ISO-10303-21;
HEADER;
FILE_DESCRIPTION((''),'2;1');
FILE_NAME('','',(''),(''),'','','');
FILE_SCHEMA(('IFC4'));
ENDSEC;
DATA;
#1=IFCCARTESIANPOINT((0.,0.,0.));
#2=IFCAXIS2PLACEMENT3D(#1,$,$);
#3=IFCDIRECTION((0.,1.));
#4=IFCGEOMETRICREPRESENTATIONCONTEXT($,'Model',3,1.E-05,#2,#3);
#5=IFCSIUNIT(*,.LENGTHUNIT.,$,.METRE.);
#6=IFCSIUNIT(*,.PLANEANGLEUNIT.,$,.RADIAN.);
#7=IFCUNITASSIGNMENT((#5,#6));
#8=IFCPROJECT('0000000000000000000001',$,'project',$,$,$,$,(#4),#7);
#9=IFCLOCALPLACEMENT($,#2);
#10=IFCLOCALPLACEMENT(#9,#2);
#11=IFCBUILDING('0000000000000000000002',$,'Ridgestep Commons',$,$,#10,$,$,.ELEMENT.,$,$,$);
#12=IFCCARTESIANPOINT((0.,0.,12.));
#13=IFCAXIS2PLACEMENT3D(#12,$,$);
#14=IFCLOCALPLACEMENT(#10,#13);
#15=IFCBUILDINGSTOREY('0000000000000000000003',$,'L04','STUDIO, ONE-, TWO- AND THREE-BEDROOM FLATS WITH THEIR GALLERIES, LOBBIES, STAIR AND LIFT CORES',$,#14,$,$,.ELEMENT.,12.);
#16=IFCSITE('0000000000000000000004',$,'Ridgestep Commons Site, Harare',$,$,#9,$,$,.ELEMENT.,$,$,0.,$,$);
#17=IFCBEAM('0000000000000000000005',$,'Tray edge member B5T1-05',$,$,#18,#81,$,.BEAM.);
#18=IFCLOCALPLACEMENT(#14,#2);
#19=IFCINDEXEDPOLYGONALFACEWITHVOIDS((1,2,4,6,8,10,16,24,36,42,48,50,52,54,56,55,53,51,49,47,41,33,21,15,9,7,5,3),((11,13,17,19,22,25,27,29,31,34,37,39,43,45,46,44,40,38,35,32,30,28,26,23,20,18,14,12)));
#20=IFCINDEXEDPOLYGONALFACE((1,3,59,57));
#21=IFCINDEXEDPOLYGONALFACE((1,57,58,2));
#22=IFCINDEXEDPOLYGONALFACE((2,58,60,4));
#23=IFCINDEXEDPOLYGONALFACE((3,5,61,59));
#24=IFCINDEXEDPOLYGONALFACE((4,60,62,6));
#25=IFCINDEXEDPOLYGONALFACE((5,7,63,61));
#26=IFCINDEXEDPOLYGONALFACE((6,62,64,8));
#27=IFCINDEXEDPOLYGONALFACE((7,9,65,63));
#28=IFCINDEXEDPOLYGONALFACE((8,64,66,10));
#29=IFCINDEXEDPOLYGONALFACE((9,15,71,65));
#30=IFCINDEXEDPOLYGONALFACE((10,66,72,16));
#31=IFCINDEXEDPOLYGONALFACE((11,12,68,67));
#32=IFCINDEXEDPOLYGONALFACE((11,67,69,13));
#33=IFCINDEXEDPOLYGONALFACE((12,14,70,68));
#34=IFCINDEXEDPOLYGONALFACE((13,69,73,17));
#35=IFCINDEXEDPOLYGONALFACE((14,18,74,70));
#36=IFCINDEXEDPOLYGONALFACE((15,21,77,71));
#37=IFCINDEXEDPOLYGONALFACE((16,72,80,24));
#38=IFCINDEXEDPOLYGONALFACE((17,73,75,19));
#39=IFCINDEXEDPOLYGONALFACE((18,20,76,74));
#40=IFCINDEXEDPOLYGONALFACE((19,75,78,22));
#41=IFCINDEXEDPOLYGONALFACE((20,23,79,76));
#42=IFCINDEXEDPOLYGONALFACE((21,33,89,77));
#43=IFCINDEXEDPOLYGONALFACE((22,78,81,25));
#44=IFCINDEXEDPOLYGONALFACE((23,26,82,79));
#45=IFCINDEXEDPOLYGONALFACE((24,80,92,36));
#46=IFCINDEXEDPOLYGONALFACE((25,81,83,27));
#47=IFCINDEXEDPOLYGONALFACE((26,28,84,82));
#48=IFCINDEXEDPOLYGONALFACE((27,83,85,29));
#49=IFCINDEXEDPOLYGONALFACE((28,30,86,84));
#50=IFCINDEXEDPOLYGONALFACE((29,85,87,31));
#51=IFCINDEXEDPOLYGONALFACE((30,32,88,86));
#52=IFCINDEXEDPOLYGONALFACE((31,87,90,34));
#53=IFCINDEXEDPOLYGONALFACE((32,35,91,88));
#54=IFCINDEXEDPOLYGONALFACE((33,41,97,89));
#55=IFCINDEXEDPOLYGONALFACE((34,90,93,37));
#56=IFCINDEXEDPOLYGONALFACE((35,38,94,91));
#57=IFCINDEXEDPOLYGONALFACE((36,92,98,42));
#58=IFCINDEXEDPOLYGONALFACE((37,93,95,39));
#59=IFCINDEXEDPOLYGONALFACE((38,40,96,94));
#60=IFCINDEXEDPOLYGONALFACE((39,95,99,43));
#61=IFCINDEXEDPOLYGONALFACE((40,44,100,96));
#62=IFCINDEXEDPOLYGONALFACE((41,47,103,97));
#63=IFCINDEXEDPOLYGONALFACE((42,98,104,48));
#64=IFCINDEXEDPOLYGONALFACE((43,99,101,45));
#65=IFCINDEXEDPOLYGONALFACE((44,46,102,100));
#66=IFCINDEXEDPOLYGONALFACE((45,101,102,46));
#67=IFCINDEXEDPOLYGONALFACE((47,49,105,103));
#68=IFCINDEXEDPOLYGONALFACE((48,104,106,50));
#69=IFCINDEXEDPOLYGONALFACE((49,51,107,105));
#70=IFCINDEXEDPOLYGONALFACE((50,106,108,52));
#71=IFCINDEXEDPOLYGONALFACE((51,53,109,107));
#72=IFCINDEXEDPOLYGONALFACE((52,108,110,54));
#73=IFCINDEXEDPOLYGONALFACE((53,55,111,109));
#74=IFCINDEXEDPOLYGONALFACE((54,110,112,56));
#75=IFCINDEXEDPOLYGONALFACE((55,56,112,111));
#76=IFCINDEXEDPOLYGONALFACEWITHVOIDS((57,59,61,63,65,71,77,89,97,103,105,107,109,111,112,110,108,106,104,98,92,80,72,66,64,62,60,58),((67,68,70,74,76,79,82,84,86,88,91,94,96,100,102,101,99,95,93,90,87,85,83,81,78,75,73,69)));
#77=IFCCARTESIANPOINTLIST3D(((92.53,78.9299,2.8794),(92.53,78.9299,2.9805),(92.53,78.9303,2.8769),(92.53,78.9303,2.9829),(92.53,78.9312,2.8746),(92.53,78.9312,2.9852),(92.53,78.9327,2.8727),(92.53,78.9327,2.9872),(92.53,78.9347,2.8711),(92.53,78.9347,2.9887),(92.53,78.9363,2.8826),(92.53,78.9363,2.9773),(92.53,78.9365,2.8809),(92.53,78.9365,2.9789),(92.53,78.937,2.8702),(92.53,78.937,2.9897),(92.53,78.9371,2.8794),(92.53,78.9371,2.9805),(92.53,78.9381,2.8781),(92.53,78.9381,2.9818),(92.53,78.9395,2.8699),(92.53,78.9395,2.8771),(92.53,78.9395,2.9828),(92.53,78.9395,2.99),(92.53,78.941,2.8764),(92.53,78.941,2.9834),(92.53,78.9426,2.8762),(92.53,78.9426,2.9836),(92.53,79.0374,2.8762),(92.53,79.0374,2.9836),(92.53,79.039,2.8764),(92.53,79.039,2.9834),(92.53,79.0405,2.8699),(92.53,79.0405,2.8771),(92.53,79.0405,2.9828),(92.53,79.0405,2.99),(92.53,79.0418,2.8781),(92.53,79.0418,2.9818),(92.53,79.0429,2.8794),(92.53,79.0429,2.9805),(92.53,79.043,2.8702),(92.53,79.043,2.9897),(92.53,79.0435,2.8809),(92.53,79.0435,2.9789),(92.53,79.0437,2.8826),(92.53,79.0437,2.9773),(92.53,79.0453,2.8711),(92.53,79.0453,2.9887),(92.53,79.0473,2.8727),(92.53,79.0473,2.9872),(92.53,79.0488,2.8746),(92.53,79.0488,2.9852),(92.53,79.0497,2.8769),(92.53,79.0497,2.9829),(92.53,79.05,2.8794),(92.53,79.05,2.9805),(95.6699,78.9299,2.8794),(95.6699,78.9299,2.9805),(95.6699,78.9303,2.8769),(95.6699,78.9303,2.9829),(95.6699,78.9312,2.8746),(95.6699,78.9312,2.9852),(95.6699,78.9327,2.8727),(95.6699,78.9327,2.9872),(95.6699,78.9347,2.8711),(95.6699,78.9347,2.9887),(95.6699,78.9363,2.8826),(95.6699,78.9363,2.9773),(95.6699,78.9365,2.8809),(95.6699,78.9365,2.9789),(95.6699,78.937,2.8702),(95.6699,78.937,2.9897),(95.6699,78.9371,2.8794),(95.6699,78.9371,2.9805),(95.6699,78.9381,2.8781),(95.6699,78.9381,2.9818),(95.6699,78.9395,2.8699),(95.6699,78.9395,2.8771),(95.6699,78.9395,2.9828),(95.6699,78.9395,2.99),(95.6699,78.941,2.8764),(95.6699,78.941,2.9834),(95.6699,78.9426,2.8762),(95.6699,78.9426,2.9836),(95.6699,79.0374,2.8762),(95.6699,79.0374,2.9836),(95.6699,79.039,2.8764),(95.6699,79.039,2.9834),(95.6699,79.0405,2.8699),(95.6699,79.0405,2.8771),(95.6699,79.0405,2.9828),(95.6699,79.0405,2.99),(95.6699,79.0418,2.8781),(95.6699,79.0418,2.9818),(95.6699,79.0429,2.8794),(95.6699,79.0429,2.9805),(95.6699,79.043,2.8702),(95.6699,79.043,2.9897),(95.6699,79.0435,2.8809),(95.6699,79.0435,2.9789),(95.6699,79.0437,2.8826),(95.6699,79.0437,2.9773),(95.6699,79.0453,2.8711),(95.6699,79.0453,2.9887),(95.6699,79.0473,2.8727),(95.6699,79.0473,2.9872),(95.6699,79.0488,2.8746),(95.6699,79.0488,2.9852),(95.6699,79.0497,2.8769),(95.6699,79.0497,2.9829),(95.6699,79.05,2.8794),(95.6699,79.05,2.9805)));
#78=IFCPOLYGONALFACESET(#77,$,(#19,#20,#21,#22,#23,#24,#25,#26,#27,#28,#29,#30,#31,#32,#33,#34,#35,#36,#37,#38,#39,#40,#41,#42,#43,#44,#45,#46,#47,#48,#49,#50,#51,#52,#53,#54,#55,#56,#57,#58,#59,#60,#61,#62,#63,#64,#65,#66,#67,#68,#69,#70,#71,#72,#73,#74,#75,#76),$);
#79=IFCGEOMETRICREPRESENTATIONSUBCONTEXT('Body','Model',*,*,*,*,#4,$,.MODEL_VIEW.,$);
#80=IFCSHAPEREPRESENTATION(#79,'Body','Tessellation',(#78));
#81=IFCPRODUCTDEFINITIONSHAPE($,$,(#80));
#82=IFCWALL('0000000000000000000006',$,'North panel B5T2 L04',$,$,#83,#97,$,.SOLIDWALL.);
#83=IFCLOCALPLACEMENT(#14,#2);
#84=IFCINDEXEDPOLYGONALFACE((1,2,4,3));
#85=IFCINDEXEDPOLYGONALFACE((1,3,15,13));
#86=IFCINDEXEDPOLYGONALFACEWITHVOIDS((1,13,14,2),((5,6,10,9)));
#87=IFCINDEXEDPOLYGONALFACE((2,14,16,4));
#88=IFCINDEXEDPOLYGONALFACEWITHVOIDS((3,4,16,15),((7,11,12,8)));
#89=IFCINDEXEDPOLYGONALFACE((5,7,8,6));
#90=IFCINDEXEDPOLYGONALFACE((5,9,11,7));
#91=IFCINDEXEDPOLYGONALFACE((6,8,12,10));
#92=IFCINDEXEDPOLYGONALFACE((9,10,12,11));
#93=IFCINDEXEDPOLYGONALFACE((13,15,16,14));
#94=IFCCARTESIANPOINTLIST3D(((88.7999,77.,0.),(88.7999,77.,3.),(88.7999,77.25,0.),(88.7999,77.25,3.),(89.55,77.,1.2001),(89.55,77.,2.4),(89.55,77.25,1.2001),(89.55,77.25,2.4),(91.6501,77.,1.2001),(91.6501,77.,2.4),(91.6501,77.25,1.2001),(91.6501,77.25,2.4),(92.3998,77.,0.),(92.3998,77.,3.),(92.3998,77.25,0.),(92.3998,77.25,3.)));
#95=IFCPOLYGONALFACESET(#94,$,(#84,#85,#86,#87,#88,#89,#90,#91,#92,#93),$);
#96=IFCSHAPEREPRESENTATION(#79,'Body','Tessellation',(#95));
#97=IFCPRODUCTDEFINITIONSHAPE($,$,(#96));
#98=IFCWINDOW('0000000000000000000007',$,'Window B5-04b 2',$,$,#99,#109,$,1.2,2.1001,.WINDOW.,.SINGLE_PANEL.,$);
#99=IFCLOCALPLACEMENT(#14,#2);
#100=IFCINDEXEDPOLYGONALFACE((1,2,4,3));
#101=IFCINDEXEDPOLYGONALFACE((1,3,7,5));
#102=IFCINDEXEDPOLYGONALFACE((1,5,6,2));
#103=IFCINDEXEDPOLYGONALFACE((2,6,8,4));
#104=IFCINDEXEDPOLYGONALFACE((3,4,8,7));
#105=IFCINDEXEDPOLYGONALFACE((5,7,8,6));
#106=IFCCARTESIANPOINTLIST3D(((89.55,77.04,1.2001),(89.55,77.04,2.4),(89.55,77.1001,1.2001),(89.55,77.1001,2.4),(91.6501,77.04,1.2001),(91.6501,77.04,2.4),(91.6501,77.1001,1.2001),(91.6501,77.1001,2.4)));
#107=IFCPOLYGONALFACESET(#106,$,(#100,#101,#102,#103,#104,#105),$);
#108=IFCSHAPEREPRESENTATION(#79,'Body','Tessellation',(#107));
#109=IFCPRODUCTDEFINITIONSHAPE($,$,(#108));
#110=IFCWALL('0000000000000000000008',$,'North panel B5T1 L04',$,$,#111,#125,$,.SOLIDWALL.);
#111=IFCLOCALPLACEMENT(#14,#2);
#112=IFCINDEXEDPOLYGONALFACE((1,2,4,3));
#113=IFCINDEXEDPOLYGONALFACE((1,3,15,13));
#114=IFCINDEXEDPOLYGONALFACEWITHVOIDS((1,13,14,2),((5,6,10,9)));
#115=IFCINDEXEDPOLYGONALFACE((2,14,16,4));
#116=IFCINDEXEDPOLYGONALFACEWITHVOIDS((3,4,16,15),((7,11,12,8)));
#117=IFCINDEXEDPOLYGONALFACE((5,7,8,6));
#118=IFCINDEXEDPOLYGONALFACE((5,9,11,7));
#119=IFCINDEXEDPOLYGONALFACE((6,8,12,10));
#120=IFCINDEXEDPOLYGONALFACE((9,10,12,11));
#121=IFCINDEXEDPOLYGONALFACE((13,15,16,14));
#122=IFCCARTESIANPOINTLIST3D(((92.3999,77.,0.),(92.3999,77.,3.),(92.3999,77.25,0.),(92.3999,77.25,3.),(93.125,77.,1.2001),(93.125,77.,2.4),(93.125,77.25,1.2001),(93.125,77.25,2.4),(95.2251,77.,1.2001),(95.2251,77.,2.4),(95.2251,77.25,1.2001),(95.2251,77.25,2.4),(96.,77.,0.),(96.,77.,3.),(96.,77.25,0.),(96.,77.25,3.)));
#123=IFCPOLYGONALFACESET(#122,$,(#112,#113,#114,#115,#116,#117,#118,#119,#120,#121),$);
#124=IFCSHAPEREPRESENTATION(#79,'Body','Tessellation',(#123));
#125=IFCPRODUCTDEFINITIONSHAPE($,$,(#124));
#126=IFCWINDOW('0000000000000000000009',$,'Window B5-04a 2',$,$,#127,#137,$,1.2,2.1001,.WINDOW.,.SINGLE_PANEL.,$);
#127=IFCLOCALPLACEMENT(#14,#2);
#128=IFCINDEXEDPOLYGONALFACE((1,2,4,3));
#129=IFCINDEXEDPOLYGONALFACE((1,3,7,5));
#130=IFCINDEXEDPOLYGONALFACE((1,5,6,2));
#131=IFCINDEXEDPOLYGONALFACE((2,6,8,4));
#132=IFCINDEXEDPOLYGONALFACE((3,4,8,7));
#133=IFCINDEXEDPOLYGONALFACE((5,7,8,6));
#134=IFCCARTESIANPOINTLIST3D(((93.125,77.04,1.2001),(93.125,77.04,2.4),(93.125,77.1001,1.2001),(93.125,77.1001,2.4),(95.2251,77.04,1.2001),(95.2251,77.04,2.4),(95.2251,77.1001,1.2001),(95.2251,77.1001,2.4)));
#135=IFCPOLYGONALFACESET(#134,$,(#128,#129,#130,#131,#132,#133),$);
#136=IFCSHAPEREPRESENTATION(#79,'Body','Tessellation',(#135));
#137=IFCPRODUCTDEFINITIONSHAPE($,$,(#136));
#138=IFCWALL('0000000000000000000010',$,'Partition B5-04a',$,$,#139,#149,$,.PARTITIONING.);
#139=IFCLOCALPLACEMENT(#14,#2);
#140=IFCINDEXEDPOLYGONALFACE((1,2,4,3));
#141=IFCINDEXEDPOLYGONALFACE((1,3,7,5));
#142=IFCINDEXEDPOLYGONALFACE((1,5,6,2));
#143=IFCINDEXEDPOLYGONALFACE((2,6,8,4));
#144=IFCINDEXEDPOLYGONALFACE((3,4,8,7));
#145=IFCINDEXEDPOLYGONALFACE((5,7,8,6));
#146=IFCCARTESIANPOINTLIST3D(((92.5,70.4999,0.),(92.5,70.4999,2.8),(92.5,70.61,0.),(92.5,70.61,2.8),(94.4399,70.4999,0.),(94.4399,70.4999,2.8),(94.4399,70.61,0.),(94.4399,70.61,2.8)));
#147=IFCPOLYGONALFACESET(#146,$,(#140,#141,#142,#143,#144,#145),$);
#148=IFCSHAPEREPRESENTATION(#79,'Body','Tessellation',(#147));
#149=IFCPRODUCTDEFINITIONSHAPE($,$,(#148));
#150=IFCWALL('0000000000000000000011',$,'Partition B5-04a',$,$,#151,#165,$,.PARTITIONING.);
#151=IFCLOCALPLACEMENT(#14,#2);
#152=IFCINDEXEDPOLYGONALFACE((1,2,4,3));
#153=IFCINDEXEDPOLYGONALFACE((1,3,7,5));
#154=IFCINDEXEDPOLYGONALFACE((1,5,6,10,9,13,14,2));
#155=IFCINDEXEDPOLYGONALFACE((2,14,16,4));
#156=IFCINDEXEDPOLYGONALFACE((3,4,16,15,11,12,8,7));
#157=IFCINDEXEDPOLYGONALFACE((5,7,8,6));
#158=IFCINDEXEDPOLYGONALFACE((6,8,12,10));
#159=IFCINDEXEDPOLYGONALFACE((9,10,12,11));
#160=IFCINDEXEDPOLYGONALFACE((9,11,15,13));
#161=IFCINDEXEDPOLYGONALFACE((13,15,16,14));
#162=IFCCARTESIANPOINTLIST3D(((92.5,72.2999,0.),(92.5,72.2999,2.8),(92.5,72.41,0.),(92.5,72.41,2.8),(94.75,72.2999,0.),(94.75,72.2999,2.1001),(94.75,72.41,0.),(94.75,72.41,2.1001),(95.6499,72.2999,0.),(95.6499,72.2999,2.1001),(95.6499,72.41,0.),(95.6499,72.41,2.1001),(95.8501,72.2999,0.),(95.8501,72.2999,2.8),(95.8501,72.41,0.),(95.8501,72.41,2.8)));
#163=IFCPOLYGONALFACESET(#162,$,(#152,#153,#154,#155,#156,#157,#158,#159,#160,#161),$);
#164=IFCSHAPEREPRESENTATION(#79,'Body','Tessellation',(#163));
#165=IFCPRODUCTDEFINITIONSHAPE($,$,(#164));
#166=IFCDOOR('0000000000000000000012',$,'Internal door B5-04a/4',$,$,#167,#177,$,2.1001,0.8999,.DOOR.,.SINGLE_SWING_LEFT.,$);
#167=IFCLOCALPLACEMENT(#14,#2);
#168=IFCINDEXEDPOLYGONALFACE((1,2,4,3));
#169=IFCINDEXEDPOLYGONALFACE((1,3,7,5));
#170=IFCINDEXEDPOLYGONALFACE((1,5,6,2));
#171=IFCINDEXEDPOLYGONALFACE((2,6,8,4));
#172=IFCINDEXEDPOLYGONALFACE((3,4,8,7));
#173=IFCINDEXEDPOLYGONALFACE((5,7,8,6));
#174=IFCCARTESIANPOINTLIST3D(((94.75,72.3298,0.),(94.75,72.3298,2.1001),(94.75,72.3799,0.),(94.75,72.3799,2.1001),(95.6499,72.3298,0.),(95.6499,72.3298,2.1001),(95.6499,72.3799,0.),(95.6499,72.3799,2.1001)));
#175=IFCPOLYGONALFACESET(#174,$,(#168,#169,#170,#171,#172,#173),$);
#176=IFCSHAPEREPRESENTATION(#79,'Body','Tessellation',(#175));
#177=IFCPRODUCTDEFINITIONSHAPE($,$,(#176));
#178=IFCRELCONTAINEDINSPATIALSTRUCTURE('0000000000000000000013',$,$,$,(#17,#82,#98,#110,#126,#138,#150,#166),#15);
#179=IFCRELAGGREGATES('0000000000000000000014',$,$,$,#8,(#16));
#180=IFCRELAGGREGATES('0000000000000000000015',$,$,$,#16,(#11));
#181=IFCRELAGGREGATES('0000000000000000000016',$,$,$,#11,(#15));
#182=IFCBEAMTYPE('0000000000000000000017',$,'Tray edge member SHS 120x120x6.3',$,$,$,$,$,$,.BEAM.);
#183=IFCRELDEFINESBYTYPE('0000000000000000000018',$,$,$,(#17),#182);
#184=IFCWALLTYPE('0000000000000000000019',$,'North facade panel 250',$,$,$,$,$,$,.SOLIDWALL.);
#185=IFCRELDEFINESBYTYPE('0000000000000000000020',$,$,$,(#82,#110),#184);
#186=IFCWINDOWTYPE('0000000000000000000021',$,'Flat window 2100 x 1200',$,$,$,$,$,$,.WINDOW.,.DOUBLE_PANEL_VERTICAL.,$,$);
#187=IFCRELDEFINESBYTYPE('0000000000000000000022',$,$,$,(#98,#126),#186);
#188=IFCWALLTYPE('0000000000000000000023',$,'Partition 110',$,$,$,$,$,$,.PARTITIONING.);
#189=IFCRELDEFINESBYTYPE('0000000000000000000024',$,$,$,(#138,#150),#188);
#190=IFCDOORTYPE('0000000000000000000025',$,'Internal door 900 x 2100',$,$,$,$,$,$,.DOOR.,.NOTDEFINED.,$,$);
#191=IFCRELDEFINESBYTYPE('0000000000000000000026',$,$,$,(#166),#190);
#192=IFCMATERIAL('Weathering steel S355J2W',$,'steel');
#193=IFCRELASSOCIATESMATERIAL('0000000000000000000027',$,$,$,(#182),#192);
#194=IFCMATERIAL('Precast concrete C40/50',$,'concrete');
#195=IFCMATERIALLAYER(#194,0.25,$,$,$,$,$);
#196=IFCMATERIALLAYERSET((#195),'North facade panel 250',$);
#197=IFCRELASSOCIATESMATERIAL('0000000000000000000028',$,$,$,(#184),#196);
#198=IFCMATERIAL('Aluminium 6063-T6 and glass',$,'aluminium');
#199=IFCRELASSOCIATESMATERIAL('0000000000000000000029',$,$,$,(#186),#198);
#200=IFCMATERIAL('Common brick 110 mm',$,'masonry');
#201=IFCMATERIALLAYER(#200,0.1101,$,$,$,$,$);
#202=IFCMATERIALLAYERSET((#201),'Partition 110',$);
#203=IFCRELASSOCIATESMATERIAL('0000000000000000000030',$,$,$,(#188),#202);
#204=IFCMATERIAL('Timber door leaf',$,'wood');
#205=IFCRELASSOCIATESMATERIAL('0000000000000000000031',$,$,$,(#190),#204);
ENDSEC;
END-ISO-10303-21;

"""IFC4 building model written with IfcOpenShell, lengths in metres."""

from ifc_helpers import new_model, si_unit, direction, frame, frame_2d, origin, origin_2d, place, context, subcontext, project, spatial, rectangle, hollow_rectangle, extrude, material, layer, layer_set, material_profile, profile_set, type_object, element, fill, save


model = new_model("IFC4")

# Units and contexts
model_context = context("Model", 3, precision=1e-05, world=origin(), true_north=direction((0.0, 1.0)))
body_context = subcontext(model_context, "Body", "Model", "MODEL_VIEW")
ifc_project = project(units=[si_unit("LENGTHUNIT", "METRE"), si_unit("PLANEANGLEUNIT", "RADIAN")], contexts=[model_context])

# Site, building, storey
site_placement = place(None, origin())
site = spatial("IfcSite", under=ifc_project, at=site_placement, Name="Ridgestep Commons Site, Harare", CompositionType="ELEMENT", RefElevation=0.0)
building_placement = place(site_placement, origin())
building = spatial("IfcBuilding", under=site, at=building_placement, Name="Ridgestep Commons", CompositionType="ELEMENT")
storey_placement = place(building_placement, frame((0.0, 0.0, 12.0)))
storey = spatial("IfcBuildingStorey", under=building, at=storey_placement, Name="L04", Description="STUDIO, ONE-, TWO- AND THREE-BEDROOM FLATS WITH THEIR GALLERIES, LOBBIES, STAIR AND LIFT CORES", CompositionType="ELEMENT", Elevation=12.0)

# Beam
ifc_material_1 = material(Name="Weathering steel S355J2W", Category="steel")
ifc_material_profile = material_profile(ifc_material_1, hollow_rectangle(XDim=0.1201, YDim=0.1201, WallThickness=0.0063, InnerFilletRadius=0.0063, OuterFilletRadius=0.0095, at=origin_2d()), Name="SHS 120x120x6.3")
ifc_profile_set = profile_set([ifc_material_profile], Name="Weathering steel S355J2W")
beam_type = type_object("IfcBeamType", Name="Tray edge member SHS 120x120x6.3", PredefinedType="BEAM", material=ifc_profile_set)
beam_placement = place(storey_placement, frame((92.53, 78.99, 2.9299), z_axis=(1.0, 0.0, 0.0), x_axis=(0.0, 0.0, 1.0)))
element("IfcBeam", 1, at=beam_placement, inside=storey, type_object=beam_type, Name="Tray edge member B5T1-05", PredefinedType="BEAM", context=body_context, shape_type="SweptSolid", body=[
    extrude(hollow_rectangle(XDim=0.1201, YDim=0.1201, WallThickness=0.0063, InnerFilletRadius=0.0063, OuterFilletRadius=0.0095, at=origin_2d()), origin(), (0.0, 0.0, 1.0), 3.1399),
])

# Walls, openings, windows
ifc_material_2 = material(Name="Precast concrete C40/50", Category="concrete")
ifc_layer_1 = layer(ifc_material_2, 0.25)
ifc_layer_set_1 = layer_set([ifc_layer_1], Name="North facade panel 250")
wall_type_1 = type_object("IfcWallType", Name="North facade panel 250", PredefinedType="SOLIDWALL", material=ifc_layer_set_1)
wall_1_placement = place(storey_placement, frame((88.8, 77.125, 0.0), z_axis=(0.0, 0.0, 1.0), x_axis=(1.0, 0.0, 0.0)))
wall_1 = element("IfcWall", 2, at=wall_1_placement, inside=storey, type_object=wall_type_1, Name="North panel B5T2 L04", PredefinedType="SOLIDWALL", context=body_context, shape_type="SweptSolid", body=[
    extrude(rectangle(XDim=3.5999, YDim=0.25, at=frame_2d((1.7998, 0.0))), origin(), (0.0, 0.0, 1.0), 3.0),
])
opening_1_placement = place(wall_1_placement, frame((0.75, 0.0, 1.2)))
opening_1 = element("IfcOpeningElement", 3, at=opening_1_placement, cuts=wall_1, PredefinedType="OPENING", context=body_context, shape_type="SweptSolid", body=[
    extrude(rectangle(XDim=2.1001, YDim=1.2, at=frame_2d((1.05, 0.6001))), frame((0.0, 0.135, 0.0), z_axis=(0.0, -1.0, 0.0), x_axis=(1.0, 0.0, 0.0)), (0.0, 0.0, 1.0), 0.27),
])
ifc_material_3 = material(Name="Aluminium 6063-T6 and glass", Category="aluminium")
window_type = type_object("IfcWindowType", Name="Flat window 2100 x 1200", PartitioningType="DOUBLE_PANEL_VERTICAL", PredefinedType="WINDOW", material=ifc_material_3)
window_1_placement = place(opening_1_placement, origin())
window_1 = element("IfcWindow", 4, at=window_1_placement, inside=storey, type_object=window_type, Name="Window B5-04b 2", OverallHeight=1.2, OverallWidth=2.1001, PartitioningType="SINGLE_PANEL", PredefinedType="WINDOW", context=body_context, shape_type="SweptSolid", body=[
    extrude(rectangle(XDim=2.1001, YDim=1.2, at=frame_2d((1.05, 0.6001))), frame((0.0, -0.0249, 0.0), z_axis=(0.0, -1.0, 0.0), x_axis=(1.0, 0.0, 0.0)), (0.0, 0.0, 1.0), 0.0601),
])
fill(opening_1, window_1)
wall_2_placement = place(storey_placement, frame((92.3999, 77.125, 0.0), z_axis=(0.0, 0.0, 1.0), x_axis=(1.0, 0.0, 0.0)))
wall_2 = element("IfcWall", 5, at=wall_2_placement, inside=storey, type_object=wall_type_1, Name="North panel B5T1 L04", PredefinedType="SOLIDWALL", context=body_context, shape_type="SweptSolid", body=[
    extrude(rectangle(XDim=3.6001, YDim=0.25, at=frame_2d((1.8, 0.0))), origin(), (0.0, 0.0, 1.0), 3.0),
])
opening_2_placement = place(wall_2_placement, frame((0.7251, 0.0, 1.2)))
opening_2 = element("IfcOpeningElement", 6, at=opening_2_placement, cuts=wall_2, PredefinedType="OPENING", context=body_context, shape_type="SweptSolid", body=[
    extrude(rectangle(XDim=2.1001, YDim=1.2, at=frame_2d((1.05, 0.6001))), frame((0.0, 0.135, 0.0), z_axis=(0.0, -1.0, 0.0), x_axis=(1.0, 0.0, 0.0)), (0.0, 0.0, 1.0), 0.27),
])
window_2_placement = place(opening_2_placement, origin())
window_2 = element("IfcWindow", 7, at=window_2_placement, inside=storey, type_object=window_type, Name="Window B5-04a 2", OverallHeight=1.2, OverallWidth=2.1001, PartitioningType="SINGLE_PANEL", PredefinedType="WINDOW", context=body_context, shape_type="SweptSolid", body=[
    extrude(rectangle(XDim=2.1001, YDim=1.2, at=frame_2d((1.05, 0.6001))), frame((0.0, -0.0249, 0.0), z_axis=(0.0, -1.0, 0.0), x_axis=(1.0, 0.0, 0.0)), (0.0, 0.0, 1.0), 0.0601),
])
fill(opening_2, window_2)

# Wall
ifc_material_4 = material(Name="Common brick 110 mm", Category="masonry")
ifc_layer_2 = layer(ifc_material_4, 0.1101)
ifc_layer_set_2 = layer_set([ifc_layer_2], Name="Partition 110")
wall_type_2 = type_object("IfcWallType", Name="Partition 110", PredefinedType="PARTITIONING", material=ifc_layer_set_2)
wall_3_placement = place(storey_placement, frame((92.5, 70.5549, 0.0), z_axis=(0.0, 0.0, 1.0), x_axis=(1.0, 0.0, 0.0)))
element("IfcWall", 8, at=wall_3_placement, inside=storey, type_object=wall_type_2, Name="Partition B5-04a", PredefinedType="PARTITIONING", context=body_context, shape_type="SweptSolid", body=[
    extrude(rectangle(XDim=1.9399, YDim=0.1101, at=frame_2d((0.97, 0.0))), origin(), (0.0, 0.0, 1.0), 2.8),
])

# Wall, opening, door
wall_4_placement = place(storey_placement, frame((92.5, 72.355, 0.0), z_axis=(0.0, 0.0, 1.0), x_axis=(1.0, 0.0, 0.0)))
wall_4 = element("IfcWall", 9, at=wall_4_placement, inside=storey, type_object=wall_type_2, Name="Partition B5-04a", PredefinedType="PARTITIONING", context=body_context, shape_type="SweptSolid", body=[
    extrude(rectangle(XDim=3.3501, YDim=0.1101, at=frame_2d((1.675, 0.0))), origin(), (0.0, 0.0, 1.0), 2.8),
])
opening_3_placement = place(wall_4_placement, frame((2.25, 0.0, 0.0)))
opening_3 = element("IfcOpeningElement", 10, at=opening_3_placement, cuts=wall_4, PredefinedType="OPENING", context=body_context, shape_type="SweptSolid", body=[
    extrude(rectangle(XDim=0.8999, YDim=2.1001, at=frame_2d((0.45, 1.05))), frame((0.0, 0.0649, 0.0), z_axis=(0.0, -1.0, 0.0), x_axis=(1.0, 0.0, 0.0)), (0.0, 0.0, 1.0), 0.1301),
])
ifc_material_5 = material(Name="Timber door leaf", Category="wood")
door_type = type_object("IfcDoorType", Name="Internal door 900 x 2100", OperationType="NOTDEFINED", PredefinedType="DOOR", material=ifc_material_5)
door_1_placement = place(opening_3_placement, origin())
door_1 = element("IfcDoor", 11, at=door_1_placement, inside=storey, type_object=door_type, Name="Internal door B5-04a/4", OperationType="SINGLE_SWING_LEFT", OverallHeight=2.1001, OverallWidth=0.8999, PredefinedType="DOOR", context=body_context, shape_type="SweptSolid", body=[
    extrude(rectangle(XDim=0.8999, YDim=2.1001, at=frame_2d((0.45, 1.05))), frame((0.0, 0.0249, 0.0), z_axis=(0.0, -1.0, 0.0), x_axis=(1.0, 0.0, 0.0)), (0.0, 0.0, 1.0), 0.05),
])
fill(opening_3, door_1)

save(model, "model.ifc")
